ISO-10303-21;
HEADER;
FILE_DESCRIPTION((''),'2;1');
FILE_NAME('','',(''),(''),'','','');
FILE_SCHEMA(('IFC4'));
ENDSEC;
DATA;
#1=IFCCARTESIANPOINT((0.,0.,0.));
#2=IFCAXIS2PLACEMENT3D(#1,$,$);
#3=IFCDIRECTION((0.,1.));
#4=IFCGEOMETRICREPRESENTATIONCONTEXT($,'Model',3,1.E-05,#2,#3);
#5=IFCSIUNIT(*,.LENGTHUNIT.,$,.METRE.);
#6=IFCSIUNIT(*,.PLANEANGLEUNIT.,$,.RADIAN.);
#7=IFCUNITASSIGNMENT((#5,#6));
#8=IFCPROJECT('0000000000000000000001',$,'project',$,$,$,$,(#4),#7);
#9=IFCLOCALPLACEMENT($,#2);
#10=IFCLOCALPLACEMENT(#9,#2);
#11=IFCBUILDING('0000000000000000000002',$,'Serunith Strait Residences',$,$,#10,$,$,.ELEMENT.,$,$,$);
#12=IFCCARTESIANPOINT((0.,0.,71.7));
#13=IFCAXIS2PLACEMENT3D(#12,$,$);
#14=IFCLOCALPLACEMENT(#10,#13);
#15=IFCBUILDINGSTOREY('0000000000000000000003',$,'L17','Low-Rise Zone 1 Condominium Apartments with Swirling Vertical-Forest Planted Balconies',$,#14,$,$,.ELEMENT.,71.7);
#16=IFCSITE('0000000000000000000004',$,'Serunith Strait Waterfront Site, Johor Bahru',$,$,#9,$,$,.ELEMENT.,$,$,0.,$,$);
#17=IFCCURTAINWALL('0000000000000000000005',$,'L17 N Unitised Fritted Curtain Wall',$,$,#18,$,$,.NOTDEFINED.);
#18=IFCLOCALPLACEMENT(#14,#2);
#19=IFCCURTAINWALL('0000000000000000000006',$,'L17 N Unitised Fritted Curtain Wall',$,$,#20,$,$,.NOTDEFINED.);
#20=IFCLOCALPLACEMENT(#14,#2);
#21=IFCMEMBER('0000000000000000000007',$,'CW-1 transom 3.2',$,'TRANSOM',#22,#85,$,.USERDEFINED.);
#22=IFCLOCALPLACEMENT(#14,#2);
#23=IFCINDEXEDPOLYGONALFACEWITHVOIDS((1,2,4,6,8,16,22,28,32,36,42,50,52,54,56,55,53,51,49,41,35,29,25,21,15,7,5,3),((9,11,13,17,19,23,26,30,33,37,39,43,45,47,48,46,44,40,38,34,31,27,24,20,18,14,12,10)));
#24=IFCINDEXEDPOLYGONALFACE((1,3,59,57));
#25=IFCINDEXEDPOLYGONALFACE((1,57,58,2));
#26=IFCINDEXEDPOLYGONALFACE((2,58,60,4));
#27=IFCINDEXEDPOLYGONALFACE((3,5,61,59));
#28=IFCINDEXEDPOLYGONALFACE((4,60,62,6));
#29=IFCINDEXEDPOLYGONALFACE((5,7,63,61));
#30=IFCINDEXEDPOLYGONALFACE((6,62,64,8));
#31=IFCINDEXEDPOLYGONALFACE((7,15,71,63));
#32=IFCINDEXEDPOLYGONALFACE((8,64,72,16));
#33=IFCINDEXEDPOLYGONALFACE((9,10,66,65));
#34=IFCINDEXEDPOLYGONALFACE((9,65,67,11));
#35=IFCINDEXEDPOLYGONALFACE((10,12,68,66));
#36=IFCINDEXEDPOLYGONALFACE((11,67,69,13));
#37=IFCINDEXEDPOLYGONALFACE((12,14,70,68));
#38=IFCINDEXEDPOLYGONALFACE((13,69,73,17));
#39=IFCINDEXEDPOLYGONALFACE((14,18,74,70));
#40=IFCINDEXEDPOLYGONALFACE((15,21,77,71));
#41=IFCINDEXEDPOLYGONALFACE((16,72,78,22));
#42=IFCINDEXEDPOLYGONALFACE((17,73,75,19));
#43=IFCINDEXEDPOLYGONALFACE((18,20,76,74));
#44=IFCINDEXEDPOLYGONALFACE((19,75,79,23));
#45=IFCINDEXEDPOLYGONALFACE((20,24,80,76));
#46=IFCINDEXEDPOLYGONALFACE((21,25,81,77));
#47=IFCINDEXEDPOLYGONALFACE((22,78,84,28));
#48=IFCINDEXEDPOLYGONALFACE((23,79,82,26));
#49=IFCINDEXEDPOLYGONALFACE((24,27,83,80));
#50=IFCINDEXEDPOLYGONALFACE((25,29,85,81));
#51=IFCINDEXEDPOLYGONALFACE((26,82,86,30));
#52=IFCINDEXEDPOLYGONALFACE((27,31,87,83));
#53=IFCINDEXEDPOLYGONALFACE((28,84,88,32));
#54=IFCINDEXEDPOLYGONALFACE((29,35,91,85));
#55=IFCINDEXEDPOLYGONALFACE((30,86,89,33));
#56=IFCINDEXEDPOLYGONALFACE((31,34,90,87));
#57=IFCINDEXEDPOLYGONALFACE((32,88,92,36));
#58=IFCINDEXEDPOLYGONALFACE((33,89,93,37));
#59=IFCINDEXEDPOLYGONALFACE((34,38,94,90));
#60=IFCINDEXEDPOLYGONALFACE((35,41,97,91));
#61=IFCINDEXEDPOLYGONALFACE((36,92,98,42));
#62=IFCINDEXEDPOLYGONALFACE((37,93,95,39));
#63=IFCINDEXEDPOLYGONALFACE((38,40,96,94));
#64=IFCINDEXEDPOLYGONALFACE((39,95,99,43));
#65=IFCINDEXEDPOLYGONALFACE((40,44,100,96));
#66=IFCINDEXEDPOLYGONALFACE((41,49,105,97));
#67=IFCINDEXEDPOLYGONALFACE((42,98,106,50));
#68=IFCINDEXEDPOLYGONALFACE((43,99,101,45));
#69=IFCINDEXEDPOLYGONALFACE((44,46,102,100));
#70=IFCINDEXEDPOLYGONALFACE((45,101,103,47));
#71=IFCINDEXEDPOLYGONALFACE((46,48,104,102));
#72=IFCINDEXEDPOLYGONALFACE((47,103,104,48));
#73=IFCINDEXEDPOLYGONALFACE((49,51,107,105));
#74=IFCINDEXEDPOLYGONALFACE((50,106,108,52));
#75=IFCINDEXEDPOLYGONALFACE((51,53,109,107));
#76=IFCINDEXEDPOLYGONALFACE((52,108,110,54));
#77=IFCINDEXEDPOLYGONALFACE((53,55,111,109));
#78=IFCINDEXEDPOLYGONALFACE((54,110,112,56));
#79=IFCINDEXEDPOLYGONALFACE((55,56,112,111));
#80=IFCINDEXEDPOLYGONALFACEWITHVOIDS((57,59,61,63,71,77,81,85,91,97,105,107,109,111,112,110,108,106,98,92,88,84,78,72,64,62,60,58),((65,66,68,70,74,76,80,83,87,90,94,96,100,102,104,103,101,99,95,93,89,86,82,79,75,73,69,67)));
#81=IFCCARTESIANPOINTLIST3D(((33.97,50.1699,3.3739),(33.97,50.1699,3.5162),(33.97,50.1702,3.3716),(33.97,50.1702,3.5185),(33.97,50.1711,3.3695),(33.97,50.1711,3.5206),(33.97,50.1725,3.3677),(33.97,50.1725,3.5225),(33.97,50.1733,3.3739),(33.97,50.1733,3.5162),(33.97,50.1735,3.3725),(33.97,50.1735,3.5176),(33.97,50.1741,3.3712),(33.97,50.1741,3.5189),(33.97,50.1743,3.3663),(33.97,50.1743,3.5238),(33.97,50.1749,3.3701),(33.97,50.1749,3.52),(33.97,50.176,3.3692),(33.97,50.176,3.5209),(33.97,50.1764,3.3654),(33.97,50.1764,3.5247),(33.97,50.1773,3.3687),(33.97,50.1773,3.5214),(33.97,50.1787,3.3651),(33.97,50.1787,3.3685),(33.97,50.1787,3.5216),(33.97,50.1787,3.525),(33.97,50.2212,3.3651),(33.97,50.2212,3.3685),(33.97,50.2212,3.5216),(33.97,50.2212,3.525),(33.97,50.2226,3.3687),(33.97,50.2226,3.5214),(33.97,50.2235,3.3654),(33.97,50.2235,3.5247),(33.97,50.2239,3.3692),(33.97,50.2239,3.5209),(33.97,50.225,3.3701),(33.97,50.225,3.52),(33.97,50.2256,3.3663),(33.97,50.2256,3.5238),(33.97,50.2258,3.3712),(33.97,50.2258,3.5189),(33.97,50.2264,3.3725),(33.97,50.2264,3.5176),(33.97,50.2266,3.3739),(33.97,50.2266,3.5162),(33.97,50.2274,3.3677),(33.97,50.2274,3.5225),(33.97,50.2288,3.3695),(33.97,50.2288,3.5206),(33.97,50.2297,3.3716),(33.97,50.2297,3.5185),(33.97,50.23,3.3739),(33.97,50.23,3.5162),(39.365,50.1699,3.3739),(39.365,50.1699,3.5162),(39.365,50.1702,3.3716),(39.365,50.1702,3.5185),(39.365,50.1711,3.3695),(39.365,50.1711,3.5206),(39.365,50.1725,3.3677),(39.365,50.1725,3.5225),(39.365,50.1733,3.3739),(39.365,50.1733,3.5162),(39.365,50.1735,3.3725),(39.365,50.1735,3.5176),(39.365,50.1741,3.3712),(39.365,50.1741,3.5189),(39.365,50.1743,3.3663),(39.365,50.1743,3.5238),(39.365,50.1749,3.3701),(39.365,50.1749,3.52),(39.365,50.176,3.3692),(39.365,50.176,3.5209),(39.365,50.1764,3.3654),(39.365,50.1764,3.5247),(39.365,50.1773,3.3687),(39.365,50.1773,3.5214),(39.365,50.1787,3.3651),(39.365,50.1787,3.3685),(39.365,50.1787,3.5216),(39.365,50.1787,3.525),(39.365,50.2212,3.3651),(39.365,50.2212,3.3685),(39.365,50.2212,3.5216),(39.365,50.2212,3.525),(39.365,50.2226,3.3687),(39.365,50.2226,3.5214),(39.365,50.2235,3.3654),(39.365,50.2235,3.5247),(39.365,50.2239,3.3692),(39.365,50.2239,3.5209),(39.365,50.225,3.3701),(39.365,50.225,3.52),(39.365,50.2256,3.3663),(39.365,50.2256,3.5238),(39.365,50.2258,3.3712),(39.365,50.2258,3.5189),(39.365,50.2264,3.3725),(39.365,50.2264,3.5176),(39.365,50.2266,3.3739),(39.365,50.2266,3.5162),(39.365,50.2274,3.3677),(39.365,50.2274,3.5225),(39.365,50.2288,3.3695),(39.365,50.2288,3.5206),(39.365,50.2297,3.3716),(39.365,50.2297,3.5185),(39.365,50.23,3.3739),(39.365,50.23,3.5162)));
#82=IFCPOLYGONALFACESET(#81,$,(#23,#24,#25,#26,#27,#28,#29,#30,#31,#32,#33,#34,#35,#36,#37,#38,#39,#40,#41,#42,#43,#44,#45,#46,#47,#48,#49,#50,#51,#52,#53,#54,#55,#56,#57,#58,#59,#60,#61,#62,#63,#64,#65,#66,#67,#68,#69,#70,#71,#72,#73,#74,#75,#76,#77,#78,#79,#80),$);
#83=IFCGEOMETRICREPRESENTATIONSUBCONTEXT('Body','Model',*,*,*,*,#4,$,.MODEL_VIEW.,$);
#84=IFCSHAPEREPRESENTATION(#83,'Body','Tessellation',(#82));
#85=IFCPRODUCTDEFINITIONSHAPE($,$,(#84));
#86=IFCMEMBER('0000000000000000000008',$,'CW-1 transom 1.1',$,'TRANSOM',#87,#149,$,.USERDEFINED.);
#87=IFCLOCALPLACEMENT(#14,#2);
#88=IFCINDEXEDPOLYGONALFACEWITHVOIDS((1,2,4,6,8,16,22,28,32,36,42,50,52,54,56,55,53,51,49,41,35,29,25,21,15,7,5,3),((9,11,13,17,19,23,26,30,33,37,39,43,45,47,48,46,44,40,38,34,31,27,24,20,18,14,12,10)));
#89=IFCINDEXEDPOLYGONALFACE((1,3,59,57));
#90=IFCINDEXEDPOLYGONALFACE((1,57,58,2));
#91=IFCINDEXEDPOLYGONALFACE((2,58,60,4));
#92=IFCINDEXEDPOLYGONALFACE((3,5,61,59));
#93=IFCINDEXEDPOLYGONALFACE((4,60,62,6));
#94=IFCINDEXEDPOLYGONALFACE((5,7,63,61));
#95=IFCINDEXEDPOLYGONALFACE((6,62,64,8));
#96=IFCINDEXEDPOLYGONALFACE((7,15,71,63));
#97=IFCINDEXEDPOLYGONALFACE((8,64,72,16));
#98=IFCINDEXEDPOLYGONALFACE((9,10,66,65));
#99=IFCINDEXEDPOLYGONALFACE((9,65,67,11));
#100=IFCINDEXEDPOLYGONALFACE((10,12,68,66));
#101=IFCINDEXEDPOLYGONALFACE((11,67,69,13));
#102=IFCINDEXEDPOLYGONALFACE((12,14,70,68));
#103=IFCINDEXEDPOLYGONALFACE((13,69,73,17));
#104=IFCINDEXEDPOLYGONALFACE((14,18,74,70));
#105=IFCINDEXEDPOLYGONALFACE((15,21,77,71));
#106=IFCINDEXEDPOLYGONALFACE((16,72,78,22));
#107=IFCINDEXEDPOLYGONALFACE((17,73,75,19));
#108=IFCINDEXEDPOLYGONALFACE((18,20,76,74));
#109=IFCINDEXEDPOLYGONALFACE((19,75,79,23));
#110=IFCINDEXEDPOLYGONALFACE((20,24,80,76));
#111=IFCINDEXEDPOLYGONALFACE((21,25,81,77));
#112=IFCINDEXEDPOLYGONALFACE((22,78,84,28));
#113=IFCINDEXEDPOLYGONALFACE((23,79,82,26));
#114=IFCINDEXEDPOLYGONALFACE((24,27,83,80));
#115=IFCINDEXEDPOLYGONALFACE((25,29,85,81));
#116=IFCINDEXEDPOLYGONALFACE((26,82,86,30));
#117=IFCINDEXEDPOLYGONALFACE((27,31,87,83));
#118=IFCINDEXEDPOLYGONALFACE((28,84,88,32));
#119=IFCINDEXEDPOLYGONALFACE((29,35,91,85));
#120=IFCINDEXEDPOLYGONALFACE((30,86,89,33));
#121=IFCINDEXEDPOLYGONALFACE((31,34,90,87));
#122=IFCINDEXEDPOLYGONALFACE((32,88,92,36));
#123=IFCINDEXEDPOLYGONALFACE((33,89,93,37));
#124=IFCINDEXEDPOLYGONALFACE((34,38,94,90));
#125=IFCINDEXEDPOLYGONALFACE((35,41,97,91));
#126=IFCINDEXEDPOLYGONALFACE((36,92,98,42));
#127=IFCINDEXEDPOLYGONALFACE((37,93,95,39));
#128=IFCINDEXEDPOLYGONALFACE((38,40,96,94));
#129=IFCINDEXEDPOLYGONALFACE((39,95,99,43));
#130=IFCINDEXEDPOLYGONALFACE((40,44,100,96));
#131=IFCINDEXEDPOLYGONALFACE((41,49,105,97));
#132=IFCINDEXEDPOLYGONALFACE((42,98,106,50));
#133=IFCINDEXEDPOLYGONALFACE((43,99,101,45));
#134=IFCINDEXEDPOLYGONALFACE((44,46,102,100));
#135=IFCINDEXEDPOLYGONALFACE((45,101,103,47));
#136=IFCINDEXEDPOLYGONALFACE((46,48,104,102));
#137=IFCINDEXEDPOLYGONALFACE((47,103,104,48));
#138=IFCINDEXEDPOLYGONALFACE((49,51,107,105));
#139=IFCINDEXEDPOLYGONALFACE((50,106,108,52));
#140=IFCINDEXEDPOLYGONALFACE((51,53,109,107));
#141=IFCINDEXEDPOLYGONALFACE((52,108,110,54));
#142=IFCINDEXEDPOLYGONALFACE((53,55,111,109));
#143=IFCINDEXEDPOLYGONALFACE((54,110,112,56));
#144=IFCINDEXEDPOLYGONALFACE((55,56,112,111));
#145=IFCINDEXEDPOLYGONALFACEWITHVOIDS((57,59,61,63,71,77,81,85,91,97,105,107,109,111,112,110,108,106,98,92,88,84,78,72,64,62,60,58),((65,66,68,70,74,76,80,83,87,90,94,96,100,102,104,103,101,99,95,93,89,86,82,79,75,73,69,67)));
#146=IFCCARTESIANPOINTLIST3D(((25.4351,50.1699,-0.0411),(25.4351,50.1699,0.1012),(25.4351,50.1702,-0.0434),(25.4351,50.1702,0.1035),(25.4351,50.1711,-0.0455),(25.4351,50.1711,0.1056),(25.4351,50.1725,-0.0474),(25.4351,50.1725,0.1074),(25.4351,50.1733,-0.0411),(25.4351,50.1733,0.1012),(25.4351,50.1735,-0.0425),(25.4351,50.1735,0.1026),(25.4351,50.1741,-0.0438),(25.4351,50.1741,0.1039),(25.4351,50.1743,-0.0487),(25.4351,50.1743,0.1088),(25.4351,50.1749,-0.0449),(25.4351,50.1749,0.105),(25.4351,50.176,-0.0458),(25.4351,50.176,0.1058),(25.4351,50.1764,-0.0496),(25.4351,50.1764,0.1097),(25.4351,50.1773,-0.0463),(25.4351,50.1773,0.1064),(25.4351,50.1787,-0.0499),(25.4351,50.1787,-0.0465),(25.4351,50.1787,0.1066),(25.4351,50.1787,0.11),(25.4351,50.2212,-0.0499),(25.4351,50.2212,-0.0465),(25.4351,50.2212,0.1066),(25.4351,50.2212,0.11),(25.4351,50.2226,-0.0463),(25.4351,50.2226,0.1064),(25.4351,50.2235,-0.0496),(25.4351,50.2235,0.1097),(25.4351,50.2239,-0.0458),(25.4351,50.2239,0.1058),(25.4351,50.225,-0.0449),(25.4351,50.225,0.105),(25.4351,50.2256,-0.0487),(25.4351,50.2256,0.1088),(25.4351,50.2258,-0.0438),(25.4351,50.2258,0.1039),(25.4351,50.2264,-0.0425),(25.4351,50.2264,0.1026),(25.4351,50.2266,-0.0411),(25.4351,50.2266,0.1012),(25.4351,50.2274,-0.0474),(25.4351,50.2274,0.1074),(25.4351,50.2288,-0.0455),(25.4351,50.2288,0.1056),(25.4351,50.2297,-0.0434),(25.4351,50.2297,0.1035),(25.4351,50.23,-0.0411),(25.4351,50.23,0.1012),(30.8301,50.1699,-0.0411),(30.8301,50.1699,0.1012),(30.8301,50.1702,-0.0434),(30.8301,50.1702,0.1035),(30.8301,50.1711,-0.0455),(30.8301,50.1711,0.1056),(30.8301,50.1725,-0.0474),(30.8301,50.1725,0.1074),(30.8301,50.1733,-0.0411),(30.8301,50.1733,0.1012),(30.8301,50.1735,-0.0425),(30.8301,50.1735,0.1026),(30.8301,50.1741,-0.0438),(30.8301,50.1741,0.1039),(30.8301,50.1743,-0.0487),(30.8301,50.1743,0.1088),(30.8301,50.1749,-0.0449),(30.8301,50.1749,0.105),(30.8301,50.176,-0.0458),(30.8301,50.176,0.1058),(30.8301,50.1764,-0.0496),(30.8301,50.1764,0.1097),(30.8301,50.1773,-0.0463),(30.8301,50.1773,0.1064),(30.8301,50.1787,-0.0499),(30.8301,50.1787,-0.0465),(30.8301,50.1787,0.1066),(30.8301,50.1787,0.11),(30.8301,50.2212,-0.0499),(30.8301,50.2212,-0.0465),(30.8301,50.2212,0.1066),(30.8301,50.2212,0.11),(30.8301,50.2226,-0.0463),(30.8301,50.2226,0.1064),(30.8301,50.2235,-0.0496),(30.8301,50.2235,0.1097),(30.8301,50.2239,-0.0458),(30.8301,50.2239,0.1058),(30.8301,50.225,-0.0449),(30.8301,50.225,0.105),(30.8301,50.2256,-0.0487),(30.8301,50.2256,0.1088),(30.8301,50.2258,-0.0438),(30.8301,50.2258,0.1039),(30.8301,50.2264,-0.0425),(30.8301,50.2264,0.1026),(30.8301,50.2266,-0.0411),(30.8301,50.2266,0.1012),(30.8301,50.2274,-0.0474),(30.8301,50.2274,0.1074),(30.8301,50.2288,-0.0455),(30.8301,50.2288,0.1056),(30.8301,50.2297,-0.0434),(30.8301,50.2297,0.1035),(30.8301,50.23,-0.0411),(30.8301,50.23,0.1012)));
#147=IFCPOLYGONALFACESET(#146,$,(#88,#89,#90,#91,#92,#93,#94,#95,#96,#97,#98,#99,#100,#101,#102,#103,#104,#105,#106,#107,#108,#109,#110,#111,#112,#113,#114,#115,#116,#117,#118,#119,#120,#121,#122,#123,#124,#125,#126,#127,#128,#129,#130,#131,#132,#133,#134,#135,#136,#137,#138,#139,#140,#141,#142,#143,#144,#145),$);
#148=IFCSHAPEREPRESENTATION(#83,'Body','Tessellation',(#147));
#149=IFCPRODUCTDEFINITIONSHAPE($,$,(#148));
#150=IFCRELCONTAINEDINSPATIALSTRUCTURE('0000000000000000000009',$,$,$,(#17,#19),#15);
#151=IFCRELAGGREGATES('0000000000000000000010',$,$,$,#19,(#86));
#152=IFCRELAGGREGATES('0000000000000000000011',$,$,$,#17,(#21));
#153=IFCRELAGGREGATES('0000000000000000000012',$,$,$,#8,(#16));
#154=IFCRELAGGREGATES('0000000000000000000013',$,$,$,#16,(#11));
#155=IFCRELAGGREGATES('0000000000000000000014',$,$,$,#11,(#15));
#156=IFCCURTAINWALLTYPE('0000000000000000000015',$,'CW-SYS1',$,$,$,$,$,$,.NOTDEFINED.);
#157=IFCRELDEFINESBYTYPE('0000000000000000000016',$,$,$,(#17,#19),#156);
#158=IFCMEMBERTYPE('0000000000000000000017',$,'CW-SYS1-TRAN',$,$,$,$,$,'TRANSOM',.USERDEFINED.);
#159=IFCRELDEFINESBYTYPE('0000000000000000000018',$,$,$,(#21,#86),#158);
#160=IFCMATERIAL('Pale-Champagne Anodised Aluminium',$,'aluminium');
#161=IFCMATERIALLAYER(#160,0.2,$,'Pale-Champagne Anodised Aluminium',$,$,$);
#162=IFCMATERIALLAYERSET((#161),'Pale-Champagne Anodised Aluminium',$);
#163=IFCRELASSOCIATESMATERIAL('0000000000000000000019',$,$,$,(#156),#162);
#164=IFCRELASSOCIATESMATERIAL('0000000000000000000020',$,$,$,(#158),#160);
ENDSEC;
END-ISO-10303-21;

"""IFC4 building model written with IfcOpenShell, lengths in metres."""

from ifc_helpers import new_model, si_unit, direction, frame, origin, origin_2d, place, context, subcontext, project, spatial, hollow_rectangle, extrude, source, transform, mapped, material, layer, layer_set, material_profile, profile_set, type_object, element, aggregate, save


model = new_model("IFC4")

# Units and contexts
model_context = context("Model", 3, precision=1e-05, world=origin(), true_north=direction((0.0, 1.0)))
body_context = subcontext(model_context, "Body", "Model", "MODEL_VIEW")
ifc_project = project(units=[si_unit("LENGTHUNIT", "METRE"), si_unit("PLANEANGLEUNIT", "RADIAN")], contexts=[model_context])

# Site, building, storey
site_placement = place(None, origin())
site = spatial("IfcSite", under=ifc_project, at=site_placement, Name="Serunith Strait Waterfront Site, Johor Bahru", CompositionType="ELEMENT", RefElevation=0.0)
building_placement = place(site_placement, origin())
building = spatial("IfcBuilding", under=site, at=building_placement, Name="Serunith Strait Residences", CompositionType="ELEMENT")
storey_placement = place(building_placement, frame((0.0, 0.0, 71.7)))
storey = spatial("IfcBuildingStorey", under=building, at=storey_placement, Name="L17", Description="Low-Rise Zone 1 Condominium Apartments with Swirling Vertical-Forest Planted Balconies", CompositionType="ELEMENT", Elevation=71.7)

# Curtain wall
ifc_material_1 = material(Name="Pale-Champagne Anodised Aluminium", Category="aluminium")
ifc_layer_1 = layer(ifc_material_1, 0.2, Name="Pale-Champagne Anodised Aluminium")
ifc_layer_set_1 = layer_set([ifc_layer_1], Name="Pale-Champagne Anodised Aluminium")
curtain_wall_type = type_object("IfcCurtainWallType", Name="CW-SYS1", PredefinedType="NOTDEFINED", material=ifc_layer_set_1)
curtain_wall_1_placement = place(storey_placement, origin())
curtain_wall_1 = element("IfcCurtainWall", 1, at=curtain_wall_1_placement, inside=storey, type_object=curtain_wall_type, Name="L17 N Unitised Fritted Curtain Wall", PredefinedType="NOTDEFINED")

# Curtain wall
curtain_wall_2_placement = place(storey_placement, origin())
curtain_wall_2 = element("IfcCurtainWall", 2, at=curtain_wall_2_placement, inside=storey, type_object=curtain_wall_type, Name="L17 N Unitised Fritted Curtain Wall", PredefinedType="NOTDEFINED")

# Members
ifc_material_profile_1 = material_profile(ifc_material_1, hollow_rectangle(XDim=0.0601, YDim=0.1599, WallThickness=0.0034, InnerFilletRadius=0.0054, OuterFilletRadius=0.0088, at=origin_2d()), Name="ALU 160x60x3.5")
ifc_profile_set_1 = profile_set([ifc_material_profile_1], Name="Pale-Champagne Anodised Aluminium")
member_type_1 = type_object("IfcMemberType", Name="CW-SYS1-TRAN", ElementType="TRANSOM", PredefinedType="USERDEFINED", material=ifc_profile_set_1)
shared_shape_1 = source(origin(), body_context, "Body", "SweptSolid", [
    extrude(hollow_rectangle(XDim=0.0601, YDim=0.1599, WallThickness=0.0034, InnerFilletRadius=0.0054, OuterFilletRadius=0.0088, at=origin_2d()), origin(), (0.0, 0.0, 1.0), 5.395),
])
member_1_placement = place(storey_placement, frame((39.365, 50.2, 3.4451), z_axis=(-1.0, 0.0, 0.0), x_axis=(0.0, -1.0, 0.0)))
member_1 = element("IfcMember", 3, at=member_1_placement, type_object=member_type_1, Name="CW-1 transom 3.2", ObjectType="TRANSOM", PredefinedType="USERDEFINED", context=body_context, shape_type="MappedRepresentation", body=[
    mapped(shared_shape_1, transform((0.0, 0.0, 0.0), scale=1.0)),
])
member_2_placement = place(storey_placement, frame((30.8301, 50.2, 0.03), z_axis=(-1.0, 0.0, 0.0), x_axis=(0.0, -1.0, 0.0)))
member_2 = element("IfcMember", 4, at=member_2_placement, type_object=member_type_1, Name="CW-1 transom 1.1", ObjectType="TRANSOM", PredefinedType="USERDEFINED", context=body_context, shape_type="MappedRepresentation", body=[
    mapped(shared_shape_1, transform((0.0, 0.0, 0.0), scale=1.0)),
])
aggregate(curtain_wall_2, [member_2])

aggregate(curtain_wall_1, [member_1])

save(model, "model.ifc")
